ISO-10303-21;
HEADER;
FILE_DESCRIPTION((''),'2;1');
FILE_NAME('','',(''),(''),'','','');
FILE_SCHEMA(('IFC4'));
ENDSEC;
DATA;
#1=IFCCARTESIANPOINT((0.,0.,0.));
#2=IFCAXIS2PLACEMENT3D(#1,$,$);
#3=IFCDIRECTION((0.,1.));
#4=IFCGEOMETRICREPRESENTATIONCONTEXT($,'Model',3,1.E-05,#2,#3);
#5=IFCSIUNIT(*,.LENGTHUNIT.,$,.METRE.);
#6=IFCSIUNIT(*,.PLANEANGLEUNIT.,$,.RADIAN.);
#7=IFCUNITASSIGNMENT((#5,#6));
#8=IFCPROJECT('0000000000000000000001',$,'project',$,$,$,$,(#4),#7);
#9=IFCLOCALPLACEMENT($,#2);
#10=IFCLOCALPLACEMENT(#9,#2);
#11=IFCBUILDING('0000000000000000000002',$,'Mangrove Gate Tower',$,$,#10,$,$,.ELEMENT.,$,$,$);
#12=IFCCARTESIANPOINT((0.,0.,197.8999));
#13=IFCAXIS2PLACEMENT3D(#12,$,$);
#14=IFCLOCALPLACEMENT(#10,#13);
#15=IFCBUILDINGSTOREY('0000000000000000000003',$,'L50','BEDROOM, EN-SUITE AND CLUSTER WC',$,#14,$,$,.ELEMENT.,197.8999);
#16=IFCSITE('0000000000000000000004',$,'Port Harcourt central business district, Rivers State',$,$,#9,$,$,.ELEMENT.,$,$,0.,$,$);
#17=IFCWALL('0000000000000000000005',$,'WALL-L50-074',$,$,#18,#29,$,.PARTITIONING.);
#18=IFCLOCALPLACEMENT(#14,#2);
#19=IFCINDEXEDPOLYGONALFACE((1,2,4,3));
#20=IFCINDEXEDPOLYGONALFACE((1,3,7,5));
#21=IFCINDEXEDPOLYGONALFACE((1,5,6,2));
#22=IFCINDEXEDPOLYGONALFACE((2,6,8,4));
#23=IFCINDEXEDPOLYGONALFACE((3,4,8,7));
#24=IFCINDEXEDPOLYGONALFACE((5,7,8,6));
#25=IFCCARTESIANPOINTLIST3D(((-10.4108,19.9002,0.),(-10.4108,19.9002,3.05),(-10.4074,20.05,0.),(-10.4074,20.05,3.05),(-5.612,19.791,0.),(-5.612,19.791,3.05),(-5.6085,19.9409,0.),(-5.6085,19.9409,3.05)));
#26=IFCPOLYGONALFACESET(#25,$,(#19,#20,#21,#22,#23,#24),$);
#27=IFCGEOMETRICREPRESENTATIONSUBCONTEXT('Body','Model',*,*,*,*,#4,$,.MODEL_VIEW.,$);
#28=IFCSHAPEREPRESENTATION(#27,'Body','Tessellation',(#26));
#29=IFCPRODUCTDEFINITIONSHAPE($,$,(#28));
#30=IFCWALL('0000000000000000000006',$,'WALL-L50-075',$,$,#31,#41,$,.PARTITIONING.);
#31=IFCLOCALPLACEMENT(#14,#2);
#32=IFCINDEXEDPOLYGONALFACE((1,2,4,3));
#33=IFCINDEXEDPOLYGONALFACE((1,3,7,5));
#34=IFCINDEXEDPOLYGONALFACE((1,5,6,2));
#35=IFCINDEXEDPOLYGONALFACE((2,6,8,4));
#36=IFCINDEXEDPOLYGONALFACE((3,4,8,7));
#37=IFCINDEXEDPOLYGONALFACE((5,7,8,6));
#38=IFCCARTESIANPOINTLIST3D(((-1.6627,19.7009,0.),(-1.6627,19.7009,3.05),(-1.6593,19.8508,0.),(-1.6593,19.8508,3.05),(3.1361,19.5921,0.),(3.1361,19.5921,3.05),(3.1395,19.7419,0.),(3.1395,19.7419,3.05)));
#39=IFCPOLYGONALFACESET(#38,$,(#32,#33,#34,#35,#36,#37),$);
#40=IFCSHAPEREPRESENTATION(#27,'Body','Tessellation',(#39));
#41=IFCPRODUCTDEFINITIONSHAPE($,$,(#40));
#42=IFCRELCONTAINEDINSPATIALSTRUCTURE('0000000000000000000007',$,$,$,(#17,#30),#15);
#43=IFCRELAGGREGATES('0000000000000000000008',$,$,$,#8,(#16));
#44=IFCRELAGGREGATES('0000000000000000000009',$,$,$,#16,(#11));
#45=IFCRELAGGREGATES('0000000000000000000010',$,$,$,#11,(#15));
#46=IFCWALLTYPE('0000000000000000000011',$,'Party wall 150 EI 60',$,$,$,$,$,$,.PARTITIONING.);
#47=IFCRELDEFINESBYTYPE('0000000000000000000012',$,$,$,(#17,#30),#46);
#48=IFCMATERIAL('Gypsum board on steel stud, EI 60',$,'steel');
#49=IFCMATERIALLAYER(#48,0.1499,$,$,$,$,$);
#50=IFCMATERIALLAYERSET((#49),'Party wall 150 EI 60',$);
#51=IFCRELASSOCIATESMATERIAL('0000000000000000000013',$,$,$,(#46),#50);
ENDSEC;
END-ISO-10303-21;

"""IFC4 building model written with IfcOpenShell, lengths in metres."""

from ifc_helpers import new_model, si_unit, direction, frame, frame_2d, origin, place, context, subcontext, project, spatial, rectangle, extrude, material, layer, layer_set, type_object, element, save


model = new_model("IFC4")

# Units and contexts
model_context = context("Model", 3, precision=1e-05, world=origin(), true_north=direction((0.0, 1.0)))
body_context = subcontext(model_context, "Body", "Model", "MODEL_VIEW")
ifc_project = project(units=[si_unit("LENGTHUNIT", "METRE"), si_unit("PLANEANGLEUNIT", "RADIAN")], contexts=[model_context])

# Site, building, storey
site_placement = place(None, origin())
site = spatial("IfcSite", under=ifc_project, at=site_placement, Name="Port Harcourt central business district, Rivers State", CompositionType="ELEMENT", RefElevation=0.0)
building_placement = place(site_placement, origin())
building = spatial("IfcBuilding", under=site, at=building_placement, Name="Mangrove Gate Tower", CompositionType="ELEMENT")
storey_placement = place(building_placement, frame((0.0, 0.0, 197.8999)))
storey = spatial("IfcBuildingStorey", under=building, at=storey_placement, Name="L50", Description="BEDROOM, EN-SUITE AND CLUSTER WC", CompositionType="ELEMENT", Elevation=197.8999)

# Shared definitions
ifc_material_1 = material(Name="Gypsum board on steel stud, EI 60", Category="steel")
ifc_layer = layer(ifc_material_1, 0.1499)
ifc_layer_set = layer_set([ifc_layer], Name="Party wall 150 EI 60")
wall_type = type_object("IfcWallType", Name="Party wall 150 EI 60", PredefinedType="PARTITIONING", material=ifc_layer_set)

# Walls
for number, where, z_axis, x_axis, name in (
    (1, (-10.4089, 19.9751, 0.0), (0.0, 0.0, 1.0), (0.999742, -0.022735, 0.0), "WALL-L50-074"),
    (2, (-1.6609, 19.7759, 0.0), (0.0, 0.0, 1.0), (0.999743, -0.022684, 0.0), "WALL-L50-075"),
):
    element("IfcWall", number, at=place(storey_placement, frame(where, z_axis=z_axis, x_axis=x_axis)), inside=storey, type_object=wall_type, Name=name, PredefinedType="PARTITIONING", context=body_context, shape_type="SweptSolid", body=[
        extrude(rectangle(XDim=4.8, YDim=0.1499, at=frame_2d((2.3999, 0.0))), origin(), (0.0, 0.0, 1.0), 3.05),
    ])

save(model, "model.ifc")
